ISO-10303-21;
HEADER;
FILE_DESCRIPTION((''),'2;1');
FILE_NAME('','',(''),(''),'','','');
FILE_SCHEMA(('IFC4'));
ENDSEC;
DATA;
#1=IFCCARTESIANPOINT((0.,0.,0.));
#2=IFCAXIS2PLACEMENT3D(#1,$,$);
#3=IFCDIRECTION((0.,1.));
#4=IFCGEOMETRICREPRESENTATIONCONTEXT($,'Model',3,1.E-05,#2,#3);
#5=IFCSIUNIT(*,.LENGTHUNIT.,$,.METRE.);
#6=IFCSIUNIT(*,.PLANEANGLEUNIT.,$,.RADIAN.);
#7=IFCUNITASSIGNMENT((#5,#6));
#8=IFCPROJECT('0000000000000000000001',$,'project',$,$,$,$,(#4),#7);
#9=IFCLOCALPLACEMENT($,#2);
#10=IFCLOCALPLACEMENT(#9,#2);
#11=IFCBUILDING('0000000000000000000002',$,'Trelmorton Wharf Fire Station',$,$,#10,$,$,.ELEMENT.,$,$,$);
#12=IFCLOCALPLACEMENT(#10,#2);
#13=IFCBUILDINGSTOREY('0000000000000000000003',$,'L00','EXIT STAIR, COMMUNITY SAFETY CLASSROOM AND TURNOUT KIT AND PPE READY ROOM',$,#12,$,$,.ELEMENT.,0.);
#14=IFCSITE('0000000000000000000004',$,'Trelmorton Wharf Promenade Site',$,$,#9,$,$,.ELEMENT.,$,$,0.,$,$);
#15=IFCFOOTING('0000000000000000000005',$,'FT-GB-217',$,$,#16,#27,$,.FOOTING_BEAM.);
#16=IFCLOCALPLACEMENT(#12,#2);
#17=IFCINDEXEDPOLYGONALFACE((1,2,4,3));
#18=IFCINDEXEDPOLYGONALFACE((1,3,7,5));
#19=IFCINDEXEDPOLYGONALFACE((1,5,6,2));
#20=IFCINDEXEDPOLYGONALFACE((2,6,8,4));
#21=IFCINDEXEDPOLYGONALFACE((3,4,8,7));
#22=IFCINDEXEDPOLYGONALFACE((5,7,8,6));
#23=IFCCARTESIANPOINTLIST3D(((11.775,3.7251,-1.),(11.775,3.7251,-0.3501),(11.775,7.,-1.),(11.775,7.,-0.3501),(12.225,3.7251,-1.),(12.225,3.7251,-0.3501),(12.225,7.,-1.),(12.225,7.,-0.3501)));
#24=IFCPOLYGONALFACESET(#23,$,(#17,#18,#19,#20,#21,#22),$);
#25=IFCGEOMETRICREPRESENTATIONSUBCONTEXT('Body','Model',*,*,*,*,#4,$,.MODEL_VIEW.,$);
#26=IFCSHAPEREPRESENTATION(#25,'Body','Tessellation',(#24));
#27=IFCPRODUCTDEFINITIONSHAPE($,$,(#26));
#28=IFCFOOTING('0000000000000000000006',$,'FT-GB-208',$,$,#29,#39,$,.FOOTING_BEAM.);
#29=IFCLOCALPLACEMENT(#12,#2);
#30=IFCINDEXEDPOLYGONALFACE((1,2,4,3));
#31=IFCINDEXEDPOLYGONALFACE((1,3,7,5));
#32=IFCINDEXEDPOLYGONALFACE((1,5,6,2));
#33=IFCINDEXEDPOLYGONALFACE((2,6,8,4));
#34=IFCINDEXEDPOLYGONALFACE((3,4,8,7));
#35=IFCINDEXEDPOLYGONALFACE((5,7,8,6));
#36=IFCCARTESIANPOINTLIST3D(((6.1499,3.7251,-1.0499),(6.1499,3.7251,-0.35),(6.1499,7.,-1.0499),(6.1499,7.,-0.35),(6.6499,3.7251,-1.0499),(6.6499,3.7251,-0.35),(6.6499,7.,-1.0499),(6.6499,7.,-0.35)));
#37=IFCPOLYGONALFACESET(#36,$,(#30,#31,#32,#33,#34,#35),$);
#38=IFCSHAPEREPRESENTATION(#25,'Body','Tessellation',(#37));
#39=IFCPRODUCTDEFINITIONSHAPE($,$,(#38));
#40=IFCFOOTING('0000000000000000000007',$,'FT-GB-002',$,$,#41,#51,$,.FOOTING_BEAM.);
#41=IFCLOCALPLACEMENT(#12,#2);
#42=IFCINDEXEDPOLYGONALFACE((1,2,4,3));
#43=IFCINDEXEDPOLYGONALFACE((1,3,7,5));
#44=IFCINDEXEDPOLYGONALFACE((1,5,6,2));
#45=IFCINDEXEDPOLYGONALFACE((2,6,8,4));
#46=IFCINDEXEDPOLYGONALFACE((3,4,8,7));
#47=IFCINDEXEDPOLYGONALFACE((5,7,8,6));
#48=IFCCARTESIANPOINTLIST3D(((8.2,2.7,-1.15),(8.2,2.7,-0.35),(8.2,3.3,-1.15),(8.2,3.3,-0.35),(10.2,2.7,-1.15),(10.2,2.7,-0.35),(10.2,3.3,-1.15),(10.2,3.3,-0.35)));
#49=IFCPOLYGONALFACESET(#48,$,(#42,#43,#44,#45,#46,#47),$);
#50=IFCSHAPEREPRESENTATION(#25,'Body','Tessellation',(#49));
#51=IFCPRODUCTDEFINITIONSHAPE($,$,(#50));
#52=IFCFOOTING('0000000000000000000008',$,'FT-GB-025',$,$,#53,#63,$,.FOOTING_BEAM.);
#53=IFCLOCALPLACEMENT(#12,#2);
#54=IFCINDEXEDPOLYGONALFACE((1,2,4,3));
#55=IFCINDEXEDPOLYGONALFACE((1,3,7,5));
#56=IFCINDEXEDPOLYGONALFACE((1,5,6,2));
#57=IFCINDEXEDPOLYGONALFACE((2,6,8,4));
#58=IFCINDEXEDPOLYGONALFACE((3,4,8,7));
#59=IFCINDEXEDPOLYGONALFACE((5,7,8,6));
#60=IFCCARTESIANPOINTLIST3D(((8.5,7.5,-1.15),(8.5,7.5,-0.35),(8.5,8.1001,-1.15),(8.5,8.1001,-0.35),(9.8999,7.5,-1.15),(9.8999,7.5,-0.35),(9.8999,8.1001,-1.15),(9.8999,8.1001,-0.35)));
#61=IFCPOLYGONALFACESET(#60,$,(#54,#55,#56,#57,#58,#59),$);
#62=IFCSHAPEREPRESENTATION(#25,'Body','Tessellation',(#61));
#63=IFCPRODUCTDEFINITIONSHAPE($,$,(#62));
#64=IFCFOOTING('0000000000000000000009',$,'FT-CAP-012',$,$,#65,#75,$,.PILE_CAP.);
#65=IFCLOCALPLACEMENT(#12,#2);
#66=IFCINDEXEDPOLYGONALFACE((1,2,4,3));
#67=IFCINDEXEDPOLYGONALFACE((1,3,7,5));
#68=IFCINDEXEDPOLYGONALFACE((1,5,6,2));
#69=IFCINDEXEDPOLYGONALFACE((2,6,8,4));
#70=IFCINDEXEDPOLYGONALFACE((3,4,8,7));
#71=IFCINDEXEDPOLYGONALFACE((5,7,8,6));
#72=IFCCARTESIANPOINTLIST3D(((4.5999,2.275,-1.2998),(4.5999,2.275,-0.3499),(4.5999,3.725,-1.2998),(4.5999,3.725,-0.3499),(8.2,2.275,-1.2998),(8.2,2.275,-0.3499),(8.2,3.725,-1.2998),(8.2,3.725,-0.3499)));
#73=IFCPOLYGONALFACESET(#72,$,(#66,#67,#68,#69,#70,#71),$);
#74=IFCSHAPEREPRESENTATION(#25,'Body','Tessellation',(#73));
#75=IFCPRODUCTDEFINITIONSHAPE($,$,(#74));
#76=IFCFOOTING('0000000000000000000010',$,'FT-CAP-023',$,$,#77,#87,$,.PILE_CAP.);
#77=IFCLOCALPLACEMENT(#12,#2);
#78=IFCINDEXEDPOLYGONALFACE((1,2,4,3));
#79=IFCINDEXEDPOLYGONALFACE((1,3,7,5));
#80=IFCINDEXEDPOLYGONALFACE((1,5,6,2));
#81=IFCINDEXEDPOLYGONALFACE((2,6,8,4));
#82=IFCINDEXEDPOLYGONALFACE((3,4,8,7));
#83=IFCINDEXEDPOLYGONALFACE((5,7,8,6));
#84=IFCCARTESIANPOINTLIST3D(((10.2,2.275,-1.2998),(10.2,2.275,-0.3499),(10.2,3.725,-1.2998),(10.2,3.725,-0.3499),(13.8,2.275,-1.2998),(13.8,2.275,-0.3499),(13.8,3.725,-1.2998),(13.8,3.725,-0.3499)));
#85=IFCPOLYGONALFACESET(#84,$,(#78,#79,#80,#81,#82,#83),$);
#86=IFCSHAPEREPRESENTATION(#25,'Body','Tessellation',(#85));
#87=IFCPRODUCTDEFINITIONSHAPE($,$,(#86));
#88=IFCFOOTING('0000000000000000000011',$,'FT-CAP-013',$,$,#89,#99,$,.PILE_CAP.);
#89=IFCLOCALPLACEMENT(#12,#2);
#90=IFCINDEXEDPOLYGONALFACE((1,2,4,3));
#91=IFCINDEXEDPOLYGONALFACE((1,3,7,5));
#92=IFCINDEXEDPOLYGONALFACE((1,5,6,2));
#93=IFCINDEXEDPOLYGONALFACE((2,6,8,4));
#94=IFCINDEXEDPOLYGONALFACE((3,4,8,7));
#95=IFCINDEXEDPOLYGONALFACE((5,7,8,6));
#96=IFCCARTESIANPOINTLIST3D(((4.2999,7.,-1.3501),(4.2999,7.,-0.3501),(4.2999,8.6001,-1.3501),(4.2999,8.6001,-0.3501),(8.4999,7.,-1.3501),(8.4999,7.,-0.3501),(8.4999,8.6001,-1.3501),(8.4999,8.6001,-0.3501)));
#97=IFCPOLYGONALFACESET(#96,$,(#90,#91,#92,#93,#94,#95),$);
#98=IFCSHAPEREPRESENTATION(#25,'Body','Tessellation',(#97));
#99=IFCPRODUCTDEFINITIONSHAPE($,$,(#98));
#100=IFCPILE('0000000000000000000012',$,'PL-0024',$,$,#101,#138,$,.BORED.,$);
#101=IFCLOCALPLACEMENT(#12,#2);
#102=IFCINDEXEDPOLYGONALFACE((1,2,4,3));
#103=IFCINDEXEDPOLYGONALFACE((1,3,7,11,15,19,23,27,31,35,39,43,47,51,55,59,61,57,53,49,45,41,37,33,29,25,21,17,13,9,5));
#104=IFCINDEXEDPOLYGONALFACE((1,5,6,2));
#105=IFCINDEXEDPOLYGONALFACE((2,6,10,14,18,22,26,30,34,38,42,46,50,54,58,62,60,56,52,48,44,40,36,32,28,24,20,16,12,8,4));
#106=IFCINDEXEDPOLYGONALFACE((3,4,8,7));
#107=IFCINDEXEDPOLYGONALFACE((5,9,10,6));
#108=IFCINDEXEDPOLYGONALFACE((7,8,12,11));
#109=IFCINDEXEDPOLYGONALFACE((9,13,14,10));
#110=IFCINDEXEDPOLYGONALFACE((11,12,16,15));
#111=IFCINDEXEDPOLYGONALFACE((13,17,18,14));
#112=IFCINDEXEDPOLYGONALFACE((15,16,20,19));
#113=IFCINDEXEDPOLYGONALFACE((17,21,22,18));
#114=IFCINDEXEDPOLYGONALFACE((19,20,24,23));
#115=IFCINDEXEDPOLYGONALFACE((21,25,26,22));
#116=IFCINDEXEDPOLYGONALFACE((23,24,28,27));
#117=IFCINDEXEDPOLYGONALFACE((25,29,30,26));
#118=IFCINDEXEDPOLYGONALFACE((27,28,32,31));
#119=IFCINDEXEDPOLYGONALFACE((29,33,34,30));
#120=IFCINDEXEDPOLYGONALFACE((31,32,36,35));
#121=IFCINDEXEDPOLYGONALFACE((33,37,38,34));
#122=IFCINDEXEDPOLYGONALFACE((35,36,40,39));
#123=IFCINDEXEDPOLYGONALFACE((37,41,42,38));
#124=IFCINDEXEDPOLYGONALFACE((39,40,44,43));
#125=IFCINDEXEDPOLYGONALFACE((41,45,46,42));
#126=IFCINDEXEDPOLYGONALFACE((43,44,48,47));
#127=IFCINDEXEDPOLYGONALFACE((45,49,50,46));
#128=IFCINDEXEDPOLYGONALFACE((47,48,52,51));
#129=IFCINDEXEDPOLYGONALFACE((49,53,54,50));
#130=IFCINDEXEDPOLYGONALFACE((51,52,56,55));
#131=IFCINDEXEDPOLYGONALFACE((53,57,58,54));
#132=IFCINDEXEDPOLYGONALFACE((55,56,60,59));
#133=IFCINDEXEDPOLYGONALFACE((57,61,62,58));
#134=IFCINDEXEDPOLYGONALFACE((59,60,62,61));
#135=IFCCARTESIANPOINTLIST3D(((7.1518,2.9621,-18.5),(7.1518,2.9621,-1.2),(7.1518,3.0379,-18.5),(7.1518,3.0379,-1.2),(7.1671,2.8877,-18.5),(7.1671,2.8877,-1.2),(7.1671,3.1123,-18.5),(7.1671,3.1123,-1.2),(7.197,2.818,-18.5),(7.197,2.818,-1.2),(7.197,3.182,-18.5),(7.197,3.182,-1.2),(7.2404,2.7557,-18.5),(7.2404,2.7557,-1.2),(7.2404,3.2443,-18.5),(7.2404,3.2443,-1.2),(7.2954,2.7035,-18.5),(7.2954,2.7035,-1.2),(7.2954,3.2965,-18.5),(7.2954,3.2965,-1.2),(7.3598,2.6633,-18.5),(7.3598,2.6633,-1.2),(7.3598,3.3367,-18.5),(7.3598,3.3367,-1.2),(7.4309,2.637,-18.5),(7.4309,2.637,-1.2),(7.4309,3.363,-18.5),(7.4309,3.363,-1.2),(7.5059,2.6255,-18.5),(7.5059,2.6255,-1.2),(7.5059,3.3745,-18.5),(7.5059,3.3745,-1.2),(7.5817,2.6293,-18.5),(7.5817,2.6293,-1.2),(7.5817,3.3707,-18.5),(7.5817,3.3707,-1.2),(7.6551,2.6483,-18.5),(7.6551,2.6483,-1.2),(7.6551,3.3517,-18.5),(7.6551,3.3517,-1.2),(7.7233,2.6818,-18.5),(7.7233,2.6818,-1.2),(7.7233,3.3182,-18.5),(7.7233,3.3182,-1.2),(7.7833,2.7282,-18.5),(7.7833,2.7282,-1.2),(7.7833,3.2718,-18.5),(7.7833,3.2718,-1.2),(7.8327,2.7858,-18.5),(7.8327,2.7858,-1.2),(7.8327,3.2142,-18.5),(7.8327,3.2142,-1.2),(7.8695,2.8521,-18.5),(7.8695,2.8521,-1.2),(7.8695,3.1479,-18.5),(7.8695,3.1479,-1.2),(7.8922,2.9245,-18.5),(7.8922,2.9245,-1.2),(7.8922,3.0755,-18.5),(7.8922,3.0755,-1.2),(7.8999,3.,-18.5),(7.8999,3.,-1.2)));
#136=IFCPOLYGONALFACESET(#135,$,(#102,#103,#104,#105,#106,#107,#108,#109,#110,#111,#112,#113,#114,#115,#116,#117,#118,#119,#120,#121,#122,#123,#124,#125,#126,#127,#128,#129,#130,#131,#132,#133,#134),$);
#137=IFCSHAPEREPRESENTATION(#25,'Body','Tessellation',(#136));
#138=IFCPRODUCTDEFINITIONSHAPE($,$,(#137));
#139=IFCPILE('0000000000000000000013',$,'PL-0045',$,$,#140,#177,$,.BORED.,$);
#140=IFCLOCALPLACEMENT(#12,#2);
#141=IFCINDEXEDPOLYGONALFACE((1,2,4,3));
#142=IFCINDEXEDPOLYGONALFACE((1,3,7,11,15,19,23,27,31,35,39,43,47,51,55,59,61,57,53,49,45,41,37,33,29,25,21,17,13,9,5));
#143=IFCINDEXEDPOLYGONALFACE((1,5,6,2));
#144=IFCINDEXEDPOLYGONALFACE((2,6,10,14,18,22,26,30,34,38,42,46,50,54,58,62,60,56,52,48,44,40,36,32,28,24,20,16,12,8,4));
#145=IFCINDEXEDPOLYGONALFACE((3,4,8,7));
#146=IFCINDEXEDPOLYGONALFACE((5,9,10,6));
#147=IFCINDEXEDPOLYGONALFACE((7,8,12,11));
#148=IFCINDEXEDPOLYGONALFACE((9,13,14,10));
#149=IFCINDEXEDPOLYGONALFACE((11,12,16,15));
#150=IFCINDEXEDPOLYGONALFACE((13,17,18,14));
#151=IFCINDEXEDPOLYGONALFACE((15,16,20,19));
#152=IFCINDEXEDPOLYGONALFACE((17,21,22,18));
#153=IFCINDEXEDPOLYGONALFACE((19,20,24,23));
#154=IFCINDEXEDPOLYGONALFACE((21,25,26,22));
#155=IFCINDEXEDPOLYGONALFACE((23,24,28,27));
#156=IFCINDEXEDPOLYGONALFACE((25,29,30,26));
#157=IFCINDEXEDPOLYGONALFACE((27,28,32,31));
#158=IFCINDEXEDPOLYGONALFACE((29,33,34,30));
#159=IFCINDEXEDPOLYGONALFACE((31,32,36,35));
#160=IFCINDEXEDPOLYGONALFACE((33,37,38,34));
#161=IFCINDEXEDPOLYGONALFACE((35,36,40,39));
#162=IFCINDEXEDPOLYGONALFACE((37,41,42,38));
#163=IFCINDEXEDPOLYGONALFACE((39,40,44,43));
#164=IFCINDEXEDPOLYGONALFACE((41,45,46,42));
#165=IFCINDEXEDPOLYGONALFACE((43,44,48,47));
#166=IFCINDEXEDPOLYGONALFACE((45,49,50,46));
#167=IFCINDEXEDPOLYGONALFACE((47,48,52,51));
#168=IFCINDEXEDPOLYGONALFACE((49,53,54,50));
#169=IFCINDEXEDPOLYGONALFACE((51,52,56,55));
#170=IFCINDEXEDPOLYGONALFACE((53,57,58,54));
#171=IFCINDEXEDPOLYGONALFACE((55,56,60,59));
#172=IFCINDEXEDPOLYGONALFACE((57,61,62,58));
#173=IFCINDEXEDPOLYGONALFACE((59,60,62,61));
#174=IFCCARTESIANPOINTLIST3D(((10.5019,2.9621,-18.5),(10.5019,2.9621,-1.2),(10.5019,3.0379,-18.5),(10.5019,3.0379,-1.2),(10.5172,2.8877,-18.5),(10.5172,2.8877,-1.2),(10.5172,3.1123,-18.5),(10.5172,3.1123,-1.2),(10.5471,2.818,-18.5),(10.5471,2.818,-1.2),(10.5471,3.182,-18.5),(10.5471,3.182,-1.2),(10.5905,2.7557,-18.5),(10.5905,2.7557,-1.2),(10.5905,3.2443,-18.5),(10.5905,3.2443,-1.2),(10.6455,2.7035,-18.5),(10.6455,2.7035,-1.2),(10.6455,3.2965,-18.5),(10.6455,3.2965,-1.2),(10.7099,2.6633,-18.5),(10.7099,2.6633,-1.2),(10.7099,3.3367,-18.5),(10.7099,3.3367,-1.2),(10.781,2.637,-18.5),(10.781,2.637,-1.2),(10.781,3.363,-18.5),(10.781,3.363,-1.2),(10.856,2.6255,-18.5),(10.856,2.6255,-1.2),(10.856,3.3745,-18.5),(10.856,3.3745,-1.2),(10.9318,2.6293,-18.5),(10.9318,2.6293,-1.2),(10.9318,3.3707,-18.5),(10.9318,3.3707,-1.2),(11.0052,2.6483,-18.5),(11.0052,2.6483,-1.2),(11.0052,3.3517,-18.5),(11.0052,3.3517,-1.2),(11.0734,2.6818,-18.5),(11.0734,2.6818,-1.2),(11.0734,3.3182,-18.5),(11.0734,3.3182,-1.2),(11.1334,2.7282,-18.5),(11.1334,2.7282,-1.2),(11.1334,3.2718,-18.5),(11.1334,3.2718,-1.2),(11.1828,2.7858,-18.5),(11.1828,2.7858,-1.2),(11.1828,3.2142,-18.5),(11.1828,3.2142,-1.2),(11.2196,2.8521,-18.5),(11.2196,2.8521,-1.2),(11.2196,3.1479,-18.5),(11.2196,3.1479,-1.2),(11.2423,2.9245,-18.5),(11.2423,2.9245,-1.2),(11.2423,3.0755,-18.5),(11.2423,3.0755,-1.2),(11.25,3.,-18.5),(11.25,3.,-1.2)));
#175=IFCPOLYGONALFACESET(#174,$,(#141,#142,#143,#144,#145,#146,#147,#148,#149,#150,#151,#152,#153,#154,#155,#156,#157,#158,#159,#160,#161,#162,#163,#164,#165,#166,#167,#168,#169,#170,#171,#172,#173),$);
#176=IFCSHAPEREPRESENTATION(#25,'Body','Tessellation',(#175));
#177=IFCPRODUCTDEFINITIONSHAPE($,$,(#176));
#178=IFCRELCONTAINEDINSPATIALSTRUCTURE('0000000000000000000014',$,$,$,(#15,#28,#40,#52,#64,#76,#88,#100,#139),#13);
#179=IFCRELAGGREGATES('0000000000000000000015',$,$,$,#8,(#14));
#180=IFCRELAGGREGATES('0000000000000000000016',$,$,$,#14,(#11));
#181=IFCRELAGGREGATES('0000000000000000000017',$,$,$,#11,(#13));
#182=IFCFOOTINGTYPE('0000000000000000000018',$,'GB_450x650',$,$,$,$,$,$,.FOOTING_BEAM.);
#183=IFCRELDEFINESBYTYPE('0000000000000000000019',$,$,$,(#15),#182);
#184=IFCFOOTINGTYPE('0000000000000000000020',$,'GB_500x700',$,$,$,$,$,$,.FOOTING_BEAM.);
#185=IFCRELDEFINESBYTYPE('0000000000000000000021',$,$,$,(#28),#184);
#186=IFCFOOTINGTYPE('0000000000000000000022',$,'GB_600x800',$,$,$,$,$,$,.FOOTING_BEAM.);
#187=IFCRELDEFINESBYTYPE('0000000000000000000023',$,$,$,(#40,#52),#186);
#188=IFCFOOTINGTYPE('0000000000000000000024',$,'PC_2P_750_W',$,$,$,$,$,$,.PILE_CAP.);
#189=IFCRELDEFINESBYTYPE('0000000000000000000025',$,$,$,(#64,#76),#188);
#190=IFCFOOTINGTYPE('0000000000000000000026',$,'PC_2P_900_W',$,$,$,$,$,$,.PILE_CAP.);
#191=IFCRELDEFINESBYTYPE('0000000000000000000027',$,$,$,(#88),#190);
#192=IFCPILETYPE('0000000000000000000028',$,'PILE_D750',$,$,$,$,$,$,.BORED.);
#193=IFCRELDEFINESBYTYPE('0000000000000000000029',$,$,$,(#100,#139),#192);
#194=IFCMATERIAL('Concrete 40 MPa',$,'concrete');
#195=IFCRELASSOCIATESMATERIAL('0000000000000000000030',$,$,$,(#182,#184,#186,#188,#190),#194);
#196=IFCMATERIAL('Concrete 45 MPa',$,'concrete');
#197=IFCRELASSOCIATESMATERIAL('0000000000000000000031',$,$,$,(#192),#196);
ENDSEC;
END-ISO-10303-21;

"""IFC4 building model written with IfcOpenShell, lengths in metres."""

from ifc_helpers import new_model, si_unit, direction, frame, origin, origin_2d, place, context, subcontext, project, spatial, rectangle, circle, extrude, material, material_profile, profile_set, type_object, element, save


model = new_model("IFC4")

# Units and contexts
model_context = context("Model", 3, precision=1e-05, world=origin(), true_north=direction((0.0, 1.0)))
body_context = subcontext(model_context, "Body", "Model", "MODEL_VIEW")
ifc_project = project(units=[si_unit("LENGTHUNIT", "METRE"), si_unit("PLANEANGLEUNIT", "RADIAN")], contexts=[model_context])

# Site, building, storey
site_placement = place(None, origin())
site = spatial("IfcSite", under=ifc_project, at=site_placement, Name="Trelmorton Wharf Promenade Site", CompositionType="ELEMENT", RefElevation=0.0)
building_placement = place(site_placement, origin())
building = spatial("IfcBuilding", under=site, at=building_placement, Name="Trelmorton Wharf Fire Station", CompositionType="ELEMENT")
storey_placement = place(building_placement, origin())
storey = spatial("IfcBuildingStorey", under=building, at=storey_placement, Name="L00", Description="EXIT STAIR, COMMUNITY SAFETY CLASSROOM AND TURNOUT KIT AND PPE READY ROOM", CompositionType="ELEMENT", Elevation=0.0)

# Footings
ifc_material_1 = material(Name="Concrete 40 MPa", Category="concrete")
ifc_material_profile_1 = material_profile(ifc_material_1, rectangle(XDim=0.45, YDim=0.6499, at=origin_2d()), Name="RC450x650")
ifc_profile_set_1 = profile_set([ifc_material_profile_1], Name="Concrete 40 MPa")
footing_type_1 = type_object("IfcFootingType", Name="GB_450x650", PredefinedType="FOOTING_BEAM", material=ifc_profile_set_1)
footing_1_placement = place(storey_placement, frame((12.0, 3.7251, -0.675), z_axis=(0.0, 1.0, 0.0), x_axis=(-1.0, 0.0, 0.0)))
element("IfcFooting", 1, at=footing_1_placement, inside=storey, type_object=footing_type_1, Name="FT-GB-217", PredefinedType="FOOTING_BEAM", context=body_context, shape_type="SweptSolid", body=[
    extrude(rectangle(XDim=0.45, YDim=0.6499, at=origin_2d()), origin(), (0.0, 0.0, 1.0), 3.2749),
])
ifc_material_profile_2 = material_profile(ifc_material_1, rectangle(XDim=0.5, YDim=0.7, at=origin_2d()), Name="RC500x700")
ifc_profile_set_2 = profile_set([ifc_material_profile_2], Name="Concrete 40 MPa")
footing_type_2 = type_object("IfcFootingType", Name="GB_500x700", PredefinedType="FOOTING_BEAM", material=ifc_profile_set_2)
footing_2_placement = place(storey_placement, frame((6.3999, 3.7251, -0.7), z_axis=(0.0, 1.0, 0.0), x_axis=(-1.0, 0.0, 0.0)))
element("IfcFooting", 2, at=footing_2_placement, inside=storey, type_object=footing_type_2, Name="FT-GB-208", PredefinedType="FOOTING_BEAM", context=body_context, shape_type="SweptSolid", body=[
    extrude(rectangle(XDim=0.5, YDim=0.7, at=origin_2d()), origin(), (0.0, 0.0, 1.0), 3.2749),
])
ifc_material_profile_3 = material_profile(ifc_material_1, rectangle(XDim=0.6001, YDim=0.8, at=origin_2d()), Name="RC600x800")
ifc_profile_set_3 = profile_set([ifc_material_profile_3], Name="Concrete 40 MPa")
footing_type_3 = type_object("IfcFootingType", Name="GB_600x800", PredefinedType="FOOTING_BEAM", material=ifc_profile_set_3)
footing_3_placement = place(storey_placement, frame((8.2, 3.0, -0.75), z_axis=(1.0, 0.0, 0.0), x_axis=(0.0, 1.0, 0.0)))
element("IfcFooting", 3, at=footing_3_placement, inside=storey, type_object=footing_type_3, Name="FT-GB-002", PredefinedType="FOOTING_BEAM", context=body_context, shape_type="SweptSolid", body=[
    extrude(rectangle(XDim=0.6001, YDim=0.8, at=origin_2d()), origin(), (0.0, 0.0, 1.0), 2.0),
])
footing_4_placement = place(storey_placement, frame((8.5, 7.8, -0.75), z_axis=(1.0, 0.0, 0.0), x_axis=(0.0, 1.0, 0.0)))
element("IfcFooting", 4, at=footing_4_placement, inside=storey, type_object=footing_type_3, Name="FT-GB-025", PredefinedType="FOOTING_BEAM", context=body_context, shape_type="SweptSolid", body=[
    extrude(rectangle(XDim=0.6001, YDim=0.8, at=origin_2d()), origin(), (0.0, 0.0, 1.0), 1.3999),
])
footing_type_4 = type_object("IfcFootingType", Name="PC_2P_750_W", PredefinedType="PILE_CAP", material=ifc_material_1)
for number, where, z_axis, x_axis, name in (
    (5, (6.3999, 3.0, -1.2998), (0.0, 0.0, 1.0), (1.0, 0.0, 0.0), "FT-CAP-012"),
    (6, (12.0, 3.0, -1.2998), (0.0, 0.0, 1.0), (1.0, 0.0, 0.0), "FT-CAP-023"),
):
    element("IfcFooting", number, at=place(storey_placement, frame(where, z_axis=z_axis, x_axis=x_axis)), inside=storey, type_object=footing_type_4, Name=name, PredefinedType="PILE_CAP", context=body_context, shape_type="SweptSolid", body=[
        extrude(rectangle(XDim=3.6001, YDim=1.45, at=origin_2d()), origin(), (0.0, 0.0, 1.0), 0.95),
    ])
footing_type_5 = type_object("IfcFootingType", Name="PC_2P_900_W", PredefinedType="PILE_CAP", material=ifc_material_1)
footing_5_placement = place(storey_placement, frame((6.3999, 7.8, -1.3501), z_axis=(0.0, 0.0, 1.0), x_axis=(1.0, 0.0, 0.0)))
element("IfcFooting", 7, at=footing_5_placement, inside=storey, type_object=footing_type_5, Name="FT-CAP-013", PredefinedType="PILE_CAP", context=body_context, shape_type="SweptSolid", body=[
    extrude(rectangle(XDim=4.2, YDim=1.6001, at=origin_2d()), origin(), (0.0, 0.0, 1.0), 1.0),
])

# Piles
ifc_material_2 = material(Name="Concrete 45 MPa", Category="concrete")
ifc_material_profile_4 = material_profile(ifc_material_2, circle(Radius=0.375, at=origin_2d()), Name="PILE-D750")
ifc_profile_set_4 = profile_set([ifc_material_profile_4], Name="Concrete 45 MPa")
pile_type_1 = type_object("IfcPileType", Name="PILE_D750", PredefinedType="BORED", material=ifc_profile_set_4)
for number, where, z_axis, x_axis, name in (
    (8, (7.5249, 3.0, -1.2), (0.0, 0.0, -1.0), (1.0, 0.0, 0.0), "PL-0024"),
    (9, (10.875, 3.0, -1.2), (0.0, 0.0, -1.0), (1.0, 0.0, 0.0), "PL-0045"),
):
    element("IfcPile", number, at=place(storey_placement, frame(where, z_axis=z_axis, x_axis=x_axis)), inside=storey, type_object=pile_type_1, Name=name, PredefinedType="BORED", context=body_context, shape_type="SweptSolid", body=[
        extrude(circle(Radius=0.375, at=origin_2d()), origin(), (0.0, 0.0, 1.0), 17.3),
    ])

save(model, "model.ifc")
